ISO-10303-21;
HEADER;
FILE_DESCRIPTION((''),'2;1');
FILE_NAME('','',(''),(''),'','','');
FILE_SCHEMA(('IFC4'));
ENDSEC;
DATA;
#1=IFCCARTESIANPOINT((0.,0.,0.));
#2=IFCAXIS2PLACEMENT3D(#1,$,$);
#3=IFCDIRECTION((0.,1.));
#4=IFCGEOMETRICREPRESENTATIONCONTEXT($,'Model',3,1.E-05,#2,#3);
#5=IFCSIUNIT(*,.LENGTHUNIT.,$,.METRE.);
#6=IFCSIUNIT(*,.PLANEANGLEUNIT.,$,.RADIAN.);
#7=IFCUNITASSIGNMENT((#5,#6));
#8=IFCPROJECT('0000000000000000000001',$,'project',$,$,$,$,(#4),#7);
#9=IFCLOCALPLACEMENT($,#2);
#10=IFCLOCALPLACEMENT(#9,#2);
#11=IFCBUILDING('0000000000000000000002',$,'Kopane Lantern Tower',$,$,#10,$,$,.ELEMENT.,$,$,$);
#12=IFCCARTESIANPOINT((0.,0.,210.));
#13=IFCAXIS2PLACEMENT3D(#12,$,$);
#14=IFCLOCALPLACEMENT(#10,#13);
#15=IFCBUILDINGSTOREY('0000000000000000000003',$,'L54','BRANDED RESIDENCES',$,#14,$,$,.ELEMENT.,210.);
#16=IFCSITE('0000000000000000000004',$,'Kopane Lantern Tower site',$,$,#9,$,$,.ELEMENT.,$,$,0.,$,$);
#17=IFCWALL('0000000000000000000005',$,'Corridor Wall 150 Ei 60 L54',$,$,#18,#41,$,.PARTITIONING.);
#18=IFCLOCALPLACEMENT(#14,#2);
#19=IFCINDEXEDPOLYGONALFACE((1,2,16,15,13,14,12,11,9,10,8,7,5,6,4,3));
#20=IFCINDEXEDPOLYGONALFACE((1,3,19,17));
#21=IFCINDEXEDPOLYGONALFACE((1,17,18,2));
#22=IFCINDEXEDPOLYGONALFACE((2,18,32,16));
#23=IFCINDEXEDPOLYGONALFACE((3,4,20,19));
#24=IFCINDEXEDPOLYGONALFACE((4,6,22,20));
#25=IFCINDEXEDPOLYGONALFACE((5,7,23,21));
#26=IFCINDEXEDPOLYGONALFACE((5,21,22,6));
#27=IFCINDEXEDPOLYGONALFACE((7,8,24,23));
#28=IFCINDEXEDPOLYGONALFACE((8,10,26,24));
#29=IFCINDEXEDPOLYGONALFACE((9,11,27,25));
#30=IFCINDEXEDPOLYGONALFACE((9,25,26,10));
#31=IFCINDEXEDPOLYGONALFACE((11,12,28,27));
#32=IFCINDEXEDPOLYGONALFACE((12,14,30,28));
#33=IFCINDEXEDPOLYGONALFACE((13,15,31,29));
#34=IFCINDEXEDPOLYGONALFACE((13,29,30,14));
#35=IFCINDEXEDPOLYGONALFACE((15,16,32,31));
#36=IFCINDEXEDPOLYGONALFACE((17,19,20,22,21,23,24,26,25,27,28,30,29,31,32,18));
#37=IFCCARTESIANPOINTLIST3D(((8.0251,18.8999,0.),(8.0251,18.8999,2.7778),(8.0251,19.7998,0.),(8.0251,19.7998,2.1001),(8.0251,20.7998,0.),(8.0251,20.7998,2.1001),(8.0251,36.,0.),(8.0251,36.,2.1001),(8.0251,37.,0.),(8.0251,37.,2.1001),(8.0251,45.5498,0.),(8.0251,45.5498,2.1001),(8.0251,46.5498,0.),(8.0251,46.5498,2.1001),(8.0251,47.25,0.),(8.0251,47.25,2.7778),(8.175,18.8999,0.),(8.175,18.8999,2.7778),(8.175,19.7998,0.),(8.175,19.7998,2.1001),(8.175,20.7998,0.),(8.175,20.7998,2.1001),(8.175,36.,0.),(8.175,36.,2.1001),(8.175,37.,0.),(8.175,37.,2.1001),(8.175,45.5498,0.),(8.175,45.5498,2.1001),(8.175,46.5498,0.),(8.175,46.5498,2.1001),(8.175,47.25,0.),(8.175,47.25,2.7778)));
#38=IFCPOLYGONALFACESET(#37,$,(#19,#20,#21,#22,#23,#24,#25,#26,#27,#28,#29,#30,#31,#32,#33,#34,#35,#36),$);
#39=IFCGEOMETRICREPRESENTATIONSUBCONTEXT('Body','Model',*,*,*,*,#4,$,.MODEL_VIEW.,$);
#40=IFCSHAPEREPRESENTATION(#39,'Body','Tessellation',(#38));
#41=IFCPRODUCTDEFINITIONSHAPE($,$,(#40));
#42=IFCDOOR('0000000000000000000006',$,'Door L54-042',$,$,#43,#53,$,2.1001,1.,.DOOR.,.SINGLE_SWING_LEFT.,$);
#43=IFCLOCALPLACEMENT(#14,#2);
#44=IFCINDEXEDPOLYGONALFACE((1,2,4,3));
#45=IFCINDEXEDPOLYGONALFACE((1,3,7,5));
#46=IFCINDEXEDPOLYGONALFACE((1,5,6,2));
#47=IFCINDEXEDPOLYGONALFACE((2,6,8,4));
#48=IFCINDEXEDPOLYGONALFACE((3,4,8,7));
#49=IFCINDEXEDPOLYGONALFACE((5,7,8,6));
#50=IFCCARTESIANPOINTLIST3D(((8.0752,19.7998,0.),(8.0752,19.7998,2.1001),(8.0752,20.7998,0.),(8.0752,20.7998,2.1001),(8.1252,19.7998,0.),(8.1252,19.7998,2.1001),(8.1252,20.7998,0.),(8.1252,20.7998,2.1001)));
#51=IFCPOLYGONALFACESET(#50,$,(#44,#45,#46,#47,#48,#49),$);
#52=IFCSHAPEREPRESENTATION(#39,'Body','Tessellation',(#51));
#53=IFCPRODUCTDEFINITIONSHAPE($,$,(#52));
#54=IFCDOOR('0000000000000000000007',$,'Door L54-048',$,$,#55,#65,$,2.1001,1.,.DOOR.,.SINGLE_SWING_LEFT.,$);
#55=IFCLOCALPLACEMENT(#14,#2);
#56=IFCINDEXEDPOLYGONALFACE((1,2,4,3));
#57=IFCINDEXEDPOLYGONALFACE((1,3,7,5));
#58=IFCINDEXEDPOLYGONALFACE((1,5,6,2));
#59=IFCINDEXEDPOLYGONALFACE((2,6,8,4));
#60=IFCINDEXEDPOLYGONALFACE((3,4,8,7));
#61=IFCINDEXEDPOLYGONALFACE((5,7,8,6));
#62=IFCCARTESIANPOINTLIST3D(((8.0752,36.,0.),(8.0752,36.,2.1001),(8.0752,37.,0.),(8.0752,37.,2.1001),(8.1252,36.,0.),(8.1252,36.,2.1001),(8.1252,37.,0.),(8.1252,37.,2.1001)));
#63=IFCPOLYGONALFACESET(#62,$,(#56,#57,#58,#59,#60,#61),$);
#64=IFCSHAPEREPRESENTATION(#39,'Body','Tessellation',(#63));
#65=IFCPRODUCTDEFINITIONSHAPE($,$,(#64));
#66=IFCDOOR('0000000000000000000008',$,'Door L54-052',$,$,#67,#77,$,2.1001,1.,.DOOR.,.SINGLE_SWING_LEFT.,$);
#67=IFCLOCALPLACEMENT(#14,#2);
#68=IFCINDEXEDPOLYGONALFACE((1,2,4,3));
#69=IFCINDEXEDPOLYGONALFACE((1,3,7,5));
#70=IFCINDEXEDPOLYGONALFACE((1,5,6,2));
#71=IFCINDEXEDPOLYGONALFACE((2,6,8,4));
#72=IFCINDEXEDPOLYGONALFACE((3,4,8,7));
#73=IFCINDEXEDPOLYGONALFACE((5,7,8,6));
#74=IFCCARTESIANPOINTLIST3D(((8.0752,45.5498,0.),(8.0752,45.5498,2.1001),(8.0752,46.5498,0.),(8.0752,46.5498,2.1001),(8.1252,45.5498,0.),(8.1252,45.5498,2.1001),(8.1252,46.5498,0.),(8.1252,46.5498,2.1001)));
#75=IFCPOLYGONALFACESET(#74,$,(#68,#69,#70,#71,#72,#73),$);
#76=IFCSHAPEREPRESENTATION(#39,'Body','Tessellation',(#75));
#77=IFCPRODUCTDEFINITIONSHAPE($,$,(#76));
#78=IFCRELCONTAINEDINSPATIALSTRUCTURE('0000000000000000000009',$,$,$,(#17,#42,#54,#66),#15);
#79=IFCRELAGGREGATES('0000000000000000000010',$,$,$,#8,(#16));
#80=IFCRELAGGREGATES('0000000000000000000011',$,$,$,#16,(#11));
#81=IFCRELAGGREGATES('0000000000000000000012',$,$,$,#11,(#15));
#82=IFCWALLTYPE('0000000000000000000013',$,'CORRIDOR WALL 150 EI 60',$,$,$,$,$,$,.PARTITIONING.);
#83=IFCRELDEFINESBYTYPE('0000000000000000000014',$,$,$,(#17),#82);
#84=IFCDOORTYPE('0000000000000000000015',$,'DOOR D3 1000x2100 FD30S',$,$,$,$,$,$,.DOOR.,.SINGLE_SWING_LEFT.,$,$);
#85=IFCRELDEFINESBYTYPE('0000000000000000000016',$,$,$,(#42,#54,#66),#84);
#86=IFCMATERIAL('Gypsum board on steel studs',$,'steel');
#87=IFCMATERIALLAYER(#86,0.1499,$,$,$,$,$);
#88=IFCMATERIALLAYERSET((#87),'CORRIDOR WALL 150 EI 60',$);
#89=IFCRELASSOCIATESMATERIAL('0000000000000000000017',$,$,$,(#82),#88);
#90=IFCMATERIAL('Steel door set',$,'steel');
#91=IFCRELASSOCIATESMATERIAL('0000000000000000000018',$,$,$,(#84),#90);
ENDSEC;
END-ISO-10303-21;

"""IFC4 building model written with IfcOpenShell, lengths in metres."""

from ifc_helpers import new_model, si_unit, direction, frame, frame_2d, origin, place, context, subcontext, project, spatial, rectangle, extrude, material, layer, layer_set, type_object, element, fill, save


model = new_model("IFC4")

# Units and contexts
model_context = context("Model", 3, precision=1e-05, world=origin(), true_north=direction((0.0, 1.0)))
body_context = subcontext(model_context, "Body", "Model", "MODEL_VIEW")
ifc_project = project(units=[si_unit("LENGTHUNIT", "METRE"), si_unit("PLANEANGLEUNIT", "RADIAN")], contexts=[model_context])

# Site, building, storey
site_placement = place(None, origin())
site = spatial("IfcSite", under=ifc_project, at=site_placement, Name="Kopane Lantern Tower site", CompositionType="ELEMENT", RefElevation=0.0)
building_placement = place(site_placement, origin())
building = spatial("IfcBuilding", under=site, at=building_placement, Name="Kopane Lantern Tower", CompositionType="ELEMENT")
storey_placement = place(building_placement, frame((0.0, 0.0, 210.0)))
storey = spatial("IfcBuildingStorey", under=building, at=storey_placement, Name="L54", Description="BRANDED RESIDENCES", CompositionType="ELEMENT", Elevation=210.0)

# Wall, openings, doors
ifc_material_1 = material(Name="Gypsum board on steel studs", Category="steel")
ifc_layer_1 = layer(ifc_material_1, 0.1499)
ifc_layer_set_1 = layer_set([ifc_layer_1], Name="CORRIDOR WALL 150 EI 60")
wall_type_1 = type_object("IfcWallType", Name="CORRIDOR WALL 150 EI 60", PredefinedType="PARTITIONING", material=ifc_layer_set_1)
ifc_material_2 = material(Name="Steel door set", Category="steel")
door_type = type_object("IfcDoorType", Name="DOOR D3 1000x2100 FD30S", OperationType="SINGLE_SWING_LEFT", PredefinedType="DOOR", material=ifc_material_2)
wall_1_placement = place(storey_placement, frame((8.1001, 18.8999, 0.0), z_axis=(0.0, 0.0, 1.0), x_axis=(0.0, 1.0, 0.0)))
wall_1 = element("IfcWall", 1, at=wall_1_placement, inside=storey, type_object=wall_type_1, Name="Corridor Wall 150 Ei 60 L54", PredefinedType="PARTITIONING", context=body_context, shape_type="SweptSolid", body=[
    extrude(rectangle(XDim=28.3501, YDim=0.1499, at=frame_2d((14.175, 0.0))), origin(), (0.0, 0.0, 1.0), 2.7778),
])
opening_1_placement = place(wall_1_placement, frame((0.8999, 0.0, 0.0)))
opening_1 = element("IfcOpeningElement", 2, at=opening_1_placement, cuts=wall_1, PredefinedType="OPENING", context=body_context, shape_type="SweptSolid", body=[
    extrude(rectangle(XDim=1.0, YDim=2.1001, at=frame_2d((0.5, 1.05))), frame((0.0, 0.085, 0.0), z_axis=(0.0, -1.0, 0.0), x_axis=(1.0, 0.0, 0.0)), (0.0, 0.0, 1.0), 0.1699),
])
opening_2_placement = place(wall_1_placement, frame((17.1001, 0.0, 0.0)))
opening_2 = element("IfcOpeningElement", 3, at=opening_2_placement, cuts=wall_1, PredefinedType="OPENING", context=body_context, shape_type="SweptSolid", body=[
    extrude(rectangle(XDim=1.0, YDim=2.1001, at=frame_2d((0.5, 1.05))), frame((0.0, 0.085, 0.0), z_axis=(0.0, -1.0, 0.0), x_axis=(1.0, 0.0, 0.0)), (0.0, 0.0, 1.0), 0.1699),
])
opening_3_placement = place(wall_1_placement, frame((26.6499, 0.0, 0.0)))
opening_3 = element("IfcOpeningElement", 4, at=opening_3_placement, cuts=wall_1, PredefinedType="OPENING", context=body_context, shape_type="SweptSolid", body=[
    extrude(rectangle(XDim=1.0, YDim=2.1001, at=frame_2d((0.5, 1.05))), frame((0.0, 0.085, 0.0), z_axis=(0.0, -1.0, 0.0), x_axis=(1.0, 0.0, 0.0)), (0.0, 0.0, 1.0), 0.1699),
])
door_1_placement = place(opening_1_placement, origin())
door_1 = element("IfcDoor", 5, at=door_1_placement, inside=storey, type_object=door_type, Name="Door L54-042", OperationType="SINGLE_SWING_LEFT", OverallHeight=2.1001, OverallWidth=1.0, PredefinedType="DOOR", context=body_context, shape_type="SweptSolid", body=[
    extrude(rectangle(XDim=1.0, YDim=2.1001, at=frame_2d((0.5, 1.05))), frame((0.0, 0.0249, 0.0), z_axis=(0.0, -1.0, 0.0), x_axis=(1.0, 0.0, 0.0)), (0.0, 0.0, 1.0), 0.05),
])
fill(opening_1, door_1)
door_2_placement = place(opening_2_placement, origin())
door_2 = element("IfcDoor", 6, at=door_2_placement, inside=storey, type_object=door_type, Name="Door L54-048", OperationType="SINGLE_SWING_LEFT", OverallHeight=2.1001, OverallWidth=1.0, PredefinedType="DOOR", context=body_context, shape_type="SweptSolid", body=[
    extrude(rectangle(XDim=1.0, YDim=2.1001, at=frame_2d((0.5, 1.05))), frame((0.0, 0.0249, 0.0), z_axis=(0.0, -1.0, 0.0), x_axis=(1.0, 0.0, 0.0)), (0.0, 0.0, 1.0), 0.05),
])
fill(opening_2, door_2)
door_3_placement = place(opening_3_placement, origin())
door_3 = element("IfcDoor", 7, at=door_3_placement, inside=storey, type_object=door_type, Name="Door L54-052", OperationType="SINGLE_SWING_LEFT", OverallHeight=2.1001, OverallWidth=1.0, PredefinedType="DOOR", context=body_context, shape_type="SweptSolid", body=[
    extrude(rectangle(XDim=1.0, YDim=2.1001, at=frame_2d((0.5, 1.05))), frame((0.0, 0.0249, 0.0), z_axis=(0.0, -1.0, 0.0), x_axis=(1.0, 0.0, 0.0)), (0.0, 0.0, 1.0), 0.05),
])
fill(opening_3, door_3)

save(model, "model.ifc")
